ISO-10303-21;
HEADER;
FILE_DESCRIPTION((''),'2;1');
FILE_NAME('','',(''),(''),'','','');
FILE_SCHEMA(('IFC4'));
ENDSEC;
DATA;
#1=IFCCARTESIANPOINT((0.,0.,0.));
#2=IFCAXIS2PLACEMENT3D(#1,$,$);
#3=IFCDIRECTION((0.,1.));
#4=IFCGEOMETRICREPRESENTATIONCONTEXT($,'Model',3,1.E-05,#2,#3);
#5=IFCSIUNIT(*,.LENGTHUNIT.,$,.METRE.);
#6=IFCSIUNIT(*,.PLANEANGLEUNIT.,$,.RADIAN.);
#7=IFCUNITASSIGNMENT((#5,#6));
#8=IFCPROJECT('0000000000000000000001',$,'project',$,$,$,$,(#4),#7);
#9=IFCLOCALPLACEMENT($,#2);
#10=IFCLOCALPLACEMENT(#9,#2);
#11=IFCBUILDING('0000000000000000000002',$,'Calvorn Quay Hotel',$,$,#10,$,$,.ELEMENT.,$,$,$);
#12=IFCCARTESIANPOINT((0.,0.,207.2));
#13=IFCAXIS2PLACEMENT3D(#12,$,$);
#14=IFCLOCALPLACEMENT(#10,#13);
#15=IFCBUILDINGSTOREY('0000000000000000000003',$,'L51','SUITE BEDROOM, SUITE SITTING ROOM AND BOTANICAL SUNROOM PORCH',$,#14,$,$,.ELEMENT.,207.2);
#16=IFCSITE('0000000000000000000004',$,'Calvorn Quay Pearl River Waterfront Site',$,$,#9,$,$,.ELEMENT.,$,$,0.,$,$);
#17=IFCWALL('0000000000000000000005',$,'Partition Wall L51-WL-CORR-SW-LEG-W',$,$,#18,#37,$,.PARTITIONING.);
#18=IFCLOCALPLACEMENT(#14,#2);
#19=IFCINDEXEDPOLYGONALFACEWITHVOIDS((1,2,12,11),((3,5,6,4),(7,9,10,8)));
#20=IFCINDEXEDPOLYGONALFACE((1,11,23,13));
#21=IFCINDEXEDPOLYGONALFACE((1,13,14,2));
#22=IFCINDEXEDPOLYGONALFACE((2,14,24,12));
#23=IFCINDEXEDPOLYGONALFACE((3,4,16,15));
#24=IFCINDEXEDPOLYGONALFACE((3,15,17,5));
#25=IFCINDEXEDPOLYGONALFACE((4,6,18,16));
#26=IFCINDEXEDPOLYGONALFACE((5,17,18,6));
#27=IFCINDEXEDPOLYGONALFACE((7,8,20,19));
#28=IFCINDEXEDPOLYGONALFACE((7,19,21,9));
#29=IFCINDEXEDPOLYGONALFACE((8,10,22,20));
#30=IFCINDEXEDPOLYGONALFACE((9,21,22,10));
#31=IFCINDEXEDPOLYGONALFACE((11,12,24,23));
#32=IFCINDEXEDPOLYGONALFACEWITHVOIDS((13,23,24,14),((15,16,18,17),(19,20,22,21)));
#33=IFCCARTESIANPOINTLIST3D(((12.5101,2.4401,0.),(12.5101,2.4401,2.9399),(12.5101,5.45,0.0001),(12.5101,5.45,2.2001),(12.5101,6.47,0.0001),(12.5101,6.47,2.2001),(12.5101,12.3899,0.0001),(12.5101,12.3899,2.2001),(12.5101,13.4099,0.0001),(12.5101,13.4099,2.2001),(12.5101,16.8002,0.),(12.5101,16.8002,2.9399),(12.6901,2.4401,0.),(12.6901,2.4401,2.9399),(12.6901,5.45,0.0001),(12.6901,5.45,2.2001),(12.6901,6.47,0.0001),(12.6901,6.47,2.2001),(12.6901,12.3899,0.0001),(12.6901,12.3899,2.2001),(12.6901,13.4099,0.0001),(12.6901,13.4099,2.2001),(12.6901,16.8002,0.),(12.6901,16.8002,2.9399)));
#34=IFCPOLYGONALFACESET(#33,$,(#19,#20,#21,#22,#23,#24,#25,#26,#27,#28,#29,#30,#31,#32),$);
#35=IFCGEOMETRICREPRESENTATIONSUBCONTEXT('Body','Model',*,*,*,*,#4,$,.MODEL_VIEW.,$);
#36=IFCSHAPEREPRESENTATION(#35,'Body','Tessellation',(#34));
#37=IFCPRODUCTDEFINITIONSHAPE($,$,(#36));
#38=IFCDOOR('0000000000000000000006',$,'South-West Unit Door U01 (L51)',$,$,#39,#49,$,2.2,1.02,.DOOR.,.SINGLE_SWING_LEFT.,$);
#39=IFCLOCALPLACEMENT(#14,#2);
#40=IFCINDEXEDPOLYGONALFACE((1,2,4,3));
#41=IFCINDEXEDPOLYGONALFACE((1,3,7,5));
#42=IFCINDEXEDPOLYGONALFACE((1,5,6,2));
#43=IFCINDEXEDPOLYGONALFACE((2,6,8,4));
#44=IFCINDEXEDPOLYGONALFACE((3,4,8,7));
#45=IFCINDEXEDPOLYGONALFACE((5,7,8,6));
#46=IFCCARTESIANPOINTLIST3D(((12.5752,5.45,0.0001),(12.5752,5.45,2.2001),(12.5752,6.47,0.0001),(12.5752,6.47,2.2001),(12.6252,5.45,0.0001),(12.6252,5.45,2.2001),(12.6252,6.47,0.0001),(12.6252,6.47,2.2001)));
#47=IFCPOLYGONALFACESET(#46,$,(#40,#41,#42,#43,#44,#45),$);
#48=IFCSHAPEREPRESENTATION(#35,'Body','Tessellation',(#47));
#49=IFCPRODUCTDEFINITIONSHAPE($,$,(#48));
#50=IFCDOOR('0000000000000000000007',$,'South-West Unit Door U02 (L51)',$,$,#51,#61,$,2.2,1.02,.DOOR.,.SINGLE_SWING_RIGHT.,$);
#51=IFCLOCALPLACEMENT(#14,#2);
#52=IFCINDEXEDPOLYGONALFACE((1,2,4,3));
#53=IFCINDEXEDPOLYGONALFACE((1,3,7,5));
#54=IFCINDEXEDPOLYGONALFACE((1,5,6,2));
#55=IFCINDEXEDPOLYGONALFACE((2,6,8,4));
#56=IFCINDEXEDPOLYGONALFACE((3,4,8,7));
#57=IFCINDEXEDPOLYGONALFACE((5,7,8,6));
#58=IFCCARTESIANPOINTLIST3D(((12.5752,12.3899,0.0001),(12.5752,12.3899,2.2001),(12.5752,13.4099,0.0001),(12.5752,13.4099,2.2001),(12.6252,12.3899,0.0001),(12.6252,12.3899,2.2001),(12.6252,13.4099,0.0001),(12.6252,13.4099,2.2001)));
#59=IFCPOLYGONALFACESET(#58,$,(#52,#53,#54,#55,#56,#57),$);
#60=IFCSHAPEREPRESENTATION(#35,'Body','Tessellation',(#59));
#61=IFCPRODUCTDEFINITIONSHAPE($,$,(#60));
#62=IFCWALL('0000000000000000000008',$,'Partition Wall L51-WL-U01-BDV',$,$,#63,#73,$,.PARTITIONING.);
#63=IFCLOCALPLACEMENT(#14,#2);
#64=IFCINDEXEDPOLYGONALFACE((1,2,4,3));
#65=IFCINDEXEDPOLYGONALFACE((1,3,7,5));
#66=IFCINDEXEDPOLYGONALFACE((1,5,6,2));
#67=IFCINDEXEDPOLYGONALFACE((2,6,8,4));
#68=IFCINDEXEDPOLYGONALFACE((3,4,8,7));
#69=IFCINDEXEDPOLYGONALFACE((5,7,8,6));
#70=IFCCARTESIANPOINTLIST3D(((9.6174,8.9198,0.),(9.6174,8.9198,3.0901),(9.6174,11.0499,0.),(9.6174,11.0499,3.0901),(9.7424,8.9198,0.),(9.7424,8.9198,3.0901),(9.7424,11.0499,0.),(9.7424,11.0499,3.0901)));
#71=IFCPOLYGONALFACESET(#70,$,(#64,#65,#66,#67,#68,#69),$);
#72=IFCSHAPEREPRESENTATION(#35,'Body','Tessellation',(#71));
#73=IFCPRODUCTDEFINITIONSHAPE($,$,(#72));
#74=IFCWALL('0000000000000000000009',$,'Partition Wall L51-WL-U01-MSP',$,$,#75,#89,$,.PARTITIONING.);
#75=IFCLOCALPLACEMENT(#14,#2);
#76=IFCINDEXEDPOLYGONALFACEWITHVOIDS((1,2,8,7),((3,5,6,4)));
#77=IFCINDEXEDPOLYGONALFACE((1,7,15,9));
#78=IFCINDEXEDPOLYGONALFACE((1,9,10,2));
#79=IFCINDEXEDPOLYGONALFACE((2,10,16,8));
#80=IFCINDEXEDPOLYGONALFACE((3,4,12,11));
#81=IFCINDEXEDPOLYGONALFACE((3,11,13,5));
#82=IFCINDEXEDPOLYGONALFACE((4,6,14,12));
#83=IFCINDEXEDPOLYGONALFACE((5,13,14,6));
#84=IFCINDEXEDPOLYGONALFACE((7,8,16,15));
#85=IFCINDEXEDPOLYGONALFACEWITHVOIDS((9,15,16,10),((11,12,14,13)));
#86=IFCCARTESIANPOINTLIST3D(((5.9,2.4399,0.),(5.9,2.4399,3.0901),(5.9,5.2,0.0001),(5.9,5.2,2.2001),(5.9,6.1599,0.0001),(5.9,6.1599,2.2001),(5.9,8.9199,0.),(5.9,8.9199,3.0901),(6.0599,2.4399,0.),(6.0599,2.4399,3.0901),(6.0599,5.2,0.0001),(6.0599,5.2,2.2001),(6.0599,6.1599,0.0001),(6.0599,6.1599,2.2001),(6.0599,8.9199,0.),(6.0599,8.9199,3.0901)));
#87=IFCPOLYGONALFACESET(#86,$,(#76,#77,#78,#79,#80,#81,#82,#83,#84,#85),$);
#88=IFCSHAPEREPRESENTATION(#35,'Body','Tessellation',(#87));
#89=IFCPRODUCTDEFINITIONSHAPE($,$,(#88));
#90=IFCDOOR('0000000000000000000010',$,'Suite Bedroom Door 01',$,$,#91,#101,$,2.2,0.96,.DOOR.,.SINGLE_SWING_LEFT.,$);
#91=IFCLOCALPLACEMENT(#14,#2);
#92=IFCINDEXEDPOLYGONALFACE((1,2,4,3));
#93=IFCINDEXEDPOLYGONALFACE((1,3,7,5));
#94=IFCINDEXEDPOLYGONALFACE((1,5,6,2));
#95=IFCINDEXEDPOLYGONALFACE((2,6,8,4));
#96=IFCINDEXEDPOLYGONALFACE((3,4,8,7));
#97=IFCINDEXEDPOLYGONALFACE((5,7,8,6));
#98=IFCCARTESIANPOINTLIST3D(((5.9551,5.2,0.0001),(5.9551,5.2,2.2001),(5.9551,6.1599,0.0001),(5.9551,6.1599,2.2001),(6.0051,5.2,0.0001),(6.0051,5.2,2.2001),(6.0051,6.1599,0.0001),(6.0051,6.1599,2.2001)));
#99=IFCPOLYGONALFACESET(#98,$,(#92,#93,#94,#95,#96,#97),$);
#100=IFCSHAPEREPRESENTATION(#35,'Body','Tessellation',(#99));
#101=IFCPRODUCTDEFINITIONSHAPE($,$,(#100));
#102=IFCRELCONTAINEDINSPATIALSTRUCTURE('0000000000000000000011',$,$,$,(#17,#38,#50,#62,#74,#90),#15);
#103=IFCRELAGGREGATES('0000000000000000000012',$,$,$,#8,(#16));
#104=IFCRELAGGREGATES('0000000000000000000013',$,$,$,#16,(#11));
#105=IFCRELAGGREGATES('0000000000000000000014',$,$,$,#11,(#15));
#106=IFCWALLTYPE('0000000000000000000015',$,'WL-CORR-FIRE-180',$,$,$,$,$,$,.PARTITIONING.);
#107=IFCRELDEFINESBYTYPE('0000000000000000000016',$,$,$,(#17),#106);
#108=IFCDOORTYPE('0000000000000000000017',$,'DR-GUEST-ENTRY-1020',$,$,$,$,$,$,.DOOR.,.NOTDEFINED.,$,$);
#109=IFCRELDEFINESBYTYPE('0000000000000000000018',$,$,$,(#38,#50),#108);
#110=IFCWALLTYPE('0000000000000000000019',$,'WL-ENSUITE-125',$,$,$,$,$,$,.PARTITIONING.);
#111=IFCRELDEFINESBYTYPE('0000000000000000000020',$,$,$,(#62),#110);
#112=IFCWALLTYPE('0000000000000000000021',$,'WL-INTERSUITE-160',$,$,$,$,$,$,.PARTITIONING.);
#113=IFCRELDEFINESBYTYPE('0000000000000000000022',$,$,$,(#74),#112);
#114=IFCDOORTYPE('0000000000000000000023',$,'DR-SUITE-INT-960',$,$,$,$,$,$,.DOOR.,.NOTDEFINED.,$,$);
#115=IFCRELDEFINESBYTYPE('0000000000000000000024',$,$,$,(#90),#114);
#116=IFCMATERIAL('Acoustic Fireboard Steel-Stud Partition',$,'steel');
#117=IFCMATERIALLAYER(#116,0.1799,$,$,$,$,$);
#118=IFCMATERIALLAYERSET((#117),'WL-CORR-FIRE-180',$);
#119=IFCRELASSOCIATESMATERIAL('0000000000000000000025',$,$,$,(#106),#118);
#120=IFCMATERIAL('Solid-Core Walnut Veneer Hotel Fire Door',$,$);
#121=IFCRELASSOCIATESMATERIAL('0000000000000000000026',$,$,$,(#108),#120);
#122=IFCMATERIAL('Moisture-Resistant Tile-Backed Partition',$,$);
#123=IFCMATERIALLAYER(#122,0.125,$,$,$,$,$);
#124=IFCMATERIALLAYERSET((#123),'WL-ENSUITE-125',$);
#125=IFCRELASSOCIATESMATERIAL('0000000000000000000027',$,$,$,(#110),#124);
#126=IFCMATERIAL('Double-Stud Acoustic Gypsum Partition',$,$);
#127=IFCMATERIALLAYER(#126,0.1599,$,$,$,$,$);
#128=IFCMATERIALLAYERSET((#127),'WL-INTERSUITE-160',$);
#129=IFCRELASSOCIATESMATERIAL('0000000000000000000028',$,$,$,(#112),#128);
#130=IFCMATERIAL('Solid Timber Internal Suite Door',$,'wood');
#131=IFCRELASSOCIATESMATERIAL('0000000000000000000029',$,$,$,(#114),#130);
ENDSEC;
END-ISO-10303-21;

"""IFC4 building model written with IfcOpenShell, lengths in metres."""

from ifc_helpers import new_model, si_unit, direction, frame, frame_2d, origin, place, context, subcontext, project, spatial, rectangle, extrude, material, layer, layer_set, type_object, element, fill, save


model = new_model("IFC4")

# Units and contexts
model_context = context("Model", 3, precision=1e-05, world=origin(), true_north=direction((0.0, 1.0)))
body_context = subcontext(model_context, "Body", "Model", "MODEL_VIEW")
ifc_project = project(units=[si_unit("LENGTHUNIT", "METRE"), si_unit("PLANEANGLEUNIT", "RADIAN")], contexts=[model_context])

# Site, building, storey
site_placement = place(None, origin())
site = spatial("IfcSite", under=ifc_project, at=site_placement, Name="Calvorn Quay Pearl River Waterfront Site", CompositionType="ELEMENT", RefElevation=0.0)
building_placement = place(site_placement, origin())
building = spatial("IfcBuilding", under=site, at=building_placement, Name="Calvorn Quay Hotel", CompositionType="ELEMENT")
storey_placement = place(building_placement, frame((0.0, 0.0, 207.2)))
storey = spatial("IfcBuildingStorey", under=building, at=storey_placement, Name="L51", Description="SUITE BEDROOM, SUITE SITTING ROOM AND BOTANICAL SUNROOM PORCH", CompositionType="ELEMENT", Elevation=207.2)

# Wall, openings, doors
ifc_material_1 = material(Name="Acoustic Fireboard Steel-Stud Partition", Category="steel")
ifc_layer_1 = layer(ifc_material_1, 0.1799)
ifc_layer_set_1 = layer_set([ifc_layer_1], Name="WL-CORR-FIRE-180")
wall_type_1 = type_object("IfcWallType", Name="WL-CORR-FIRE-180", PredefinedType="PARTITIONING", material=ifc_layer_set_1)
wall_1_placement = place(storey_placement, frame((12.6001, 2.4399, 0.0), z_axis=(0.0, 0.0, 1.0), x_axis=(0.0, 1.0, 0.0)))
wall_1 = element("IfcWall", 1, at=wall_1_placement, inside=storey, type_object=wall_type_1, Name="Partition Wall L51-WL-CORR-SW-LEG-W", PredefinedType="PARTITIONING", context=body_context, shape_type="SweptSolid", body=[
    extrude(rectangle(XDim=14.3601, YDim=0.1799, at=frame_2d((7.1802, 0.0))), origin(), (0.0, 0.0, 1.0), 2.9399),
])
opening_1_placement = place(wall_1_placement, frame((3.01, 0.0, 0.0)))
opening_1 = element("IfcOpeningElement", 2, at=opening_1_placement, cuts=wall_1, PredefinedType="OPENING", context=body_context, shape_type="SweptSolid", body=[
    extrude(rectangle(XDim=1.02, YDim=2.2, at=frame_2d((0.51, 1.1001))), frame((0.0, 0.0999, 0.0), z_axis=(0.0, -1.0, 0.0), x_axis=(1.0, 0.0, 0.0)), (0.0, 0.0, 1.0), 0.2),
])
opening_2_placement = place(wall_1_placement, frame((9.95, 0.0, 0.0)))
opening_2 = element("IfcOpeningElement", 3, at=opening_2_placement, cuts=wall_1, PredefinedType="OPENING", context=body_context, shape_type="SweptSolid", body=[
    extrude(rectangle(XDim=1.02, YDim=2.2, at=frame_2d((0.51, 1.1001))), frame((0.0, 0.0999, 0.0), z_axis=(0.0, -1.0, 0.0), x_axis=(1.0, 0.0, 0.0)), (0.0, 0.0, 1.0), 0.2),
])
ifc_material_2 = material(Name="Solid-Core Walnut Veneer Hotel Fire Door")
door_type_1 = type_object("IfcDoorType", Name="DR-GUEST-ENTRY-1020", OperationType="NOTDEFINED", PredefinedType="DOOR", material=ifc_material_2)
door_1_placement = place(opening_1_placement, origin())
door_1 = element("IfcDoor", 4, at=door_1_placement, inside=storey, type_object=door_type_1, Name="South-West Unit Door U01 (L51)", OperationType="SINGLE_SWING_LEFT", OverallHeight=2.2, OverallWidth=1.02, PredefinedType="DOOR", context=body_context, shape_type="SweptSolid", body=[
    extrude(rectangle(XDim=1.02, YDim=2.2, at=frame_2d((0.51, 1.1001))), frame((0.0, 0.0249, 0.0), z_axis=(0.0, -1.0, 0.0), x_axis=(1.0, 0.0, 0.0)), (0.0, 0.0, 1.0), 0.05),
])
fill(opening_1, door_1)
door_2_placement = place(opening_2_placement, origin())
door_2 = element("IfcDoor", 5, at=door_2_placement, inside=storey, type_object=door_type_1, Name="South-West Unit Door U02 (L51)", OperationType="SINGLE_SWING_RIGHT", OverallHeight=2.2, OverallWidth=1.02, PredefinedType="DOOR", context=body_context, shape_type="SweptSolid", body=[
    extrude(rectangle(XDim=1.02, YDim=2.2, at=frame_2d((0.51, 1.1001))), frame((0.0, 0.0249, 0.0), z_axis=(0.0, -1.0, 0.0), x_axis=(1.0, 0.0, 0.0)), (0.0, 0.0, 1.0), 0.05),
])
fill(opening_2, door_2)

# Wall
ifc_material_3 = material(Name="Moisture-Resistant Tile-Backed Partition")
ifc_layer_2 = layer(ifc_material_3, 0.125)
ifc_layer_set_2 = layer_set([ifc_layer_2], Name="WL-ENSUITE-125")
wall_type_2 = type_object("IfcWallType", Name="WL-ENSUITE-125", PredefinedType="PARTITIONING", material=ifc_layer_set_2)
wall_2_placement = place(storey_placement, frame((9.6799, 8.9199, 0.0), z_axis=(0.0, 0.0, 1.0), x_axis=(0.0, 1.0, 0.0)))
element("IfcWall", 6, at=wall_2_placement, inside=storey, type_object=wall_type_2, Name="Partition Wall L51-WL-U01-BDV", PredefinedType="PARTITIONING", context=body_context, shape_type="SweptSolid", body=[
    extrude(rectangle(XDim=2.1301, YDim=0.125, at=frame_2d((1.0649, 0.0))), origin(), (0.0, 0.0, 1.0), 3.0901),
])

# Wall, opening, door
ifc_material_4 = material(Name="Double-Stud Acoustic Gypsum Partition")
ifc_layer_3 = layer(ifc_material_4, 0.1599)
ifc_layer_set_3 = layer_set([ifc_layer_3], Name="WL-INTERSUITE-160")
wall_type_3 = type_object("IfcWallType", Name="WL-INTERSUITE-160", PredefinedType="PARTITIONING", material=ifc_layer_set_3)
wall_3_placement = place(storey_placement, frame((5.98, 2.4399, 0.0), z_axis=(0.0, 0.0, 1.0), x_axis=(0.0, 1.0, 0.0)))
wall_3 = element("IfcWall", 7, at=wall_3_placement, inside=storey, type_object=wall_type_3, Name="Partition Wall L51-WL-U01-MSP", PredefinedType="PARTITIONING", context=body_context, shape_type="SweptSolid", body=[
    extrude(rectangle(XDim=6.48, YDim=0.1599, at=frame_2d((3.24, 0.0))), origin(), (0.0, 0.0, 1.0), 3.0901),
])
opening_3_placement = place(wall_3_placement, frame((2.76, 0.0, 0.0)))
opening_3 = element("IfcOpeningElement", 8, at=opening_3_placement, cuts=wall_3, PredefinedType="OPENING", context=body_context, shape_type="SweptSolid", body=[
    extrude(rectangle(XDim=0.96, YDim=2.2, at=frame_2d((0.48, 1.1001))), frame((0.0, 0.0898, 0.0), z_axis=(0.0, -1.0, 0.0), x_axis=(1.0, 0.0, 0.0)), (0.0, 0.0, 1.0), 0.1799),
])
ifc_material_5 = material(Name="Solid Timber Internal Suite Door", Category="wood")
door_type_2 = type_object("IfcDoorType", Name="DR-SUITE-INT-960", OperationType="NOTDEFINED", PredefinedType="DOOR", material=ifc_material_5)
door_3_placement = place(opening_3_placement, origin())
door_3 = element("IfcDoor", 9, at=door_3_placement, inside=storey, type_object=door_type_2, Name="Suite Bedroom Door 01", OperationType="SINGLE_SWING_LEFT", OverallHeight=2.2, OverallWidth=0.96, PredefinedType="DOOR", context=body_context, shape_type="SweptSolid", body=[
    extrude(rectangle(XDim=0.96, YDim=2.2, at=frame_2d((0.48, 1.1001))), frame((0.0, 0.0249, 0.0), z_axis=(0.0, -1.0, 0.0), x_axis=(1.0, 0.0, 0.0)), (0.0, 0.0, 1.0), 0.05),
])
fill(opening_3, door_3)

save(model, "model.ifc")
